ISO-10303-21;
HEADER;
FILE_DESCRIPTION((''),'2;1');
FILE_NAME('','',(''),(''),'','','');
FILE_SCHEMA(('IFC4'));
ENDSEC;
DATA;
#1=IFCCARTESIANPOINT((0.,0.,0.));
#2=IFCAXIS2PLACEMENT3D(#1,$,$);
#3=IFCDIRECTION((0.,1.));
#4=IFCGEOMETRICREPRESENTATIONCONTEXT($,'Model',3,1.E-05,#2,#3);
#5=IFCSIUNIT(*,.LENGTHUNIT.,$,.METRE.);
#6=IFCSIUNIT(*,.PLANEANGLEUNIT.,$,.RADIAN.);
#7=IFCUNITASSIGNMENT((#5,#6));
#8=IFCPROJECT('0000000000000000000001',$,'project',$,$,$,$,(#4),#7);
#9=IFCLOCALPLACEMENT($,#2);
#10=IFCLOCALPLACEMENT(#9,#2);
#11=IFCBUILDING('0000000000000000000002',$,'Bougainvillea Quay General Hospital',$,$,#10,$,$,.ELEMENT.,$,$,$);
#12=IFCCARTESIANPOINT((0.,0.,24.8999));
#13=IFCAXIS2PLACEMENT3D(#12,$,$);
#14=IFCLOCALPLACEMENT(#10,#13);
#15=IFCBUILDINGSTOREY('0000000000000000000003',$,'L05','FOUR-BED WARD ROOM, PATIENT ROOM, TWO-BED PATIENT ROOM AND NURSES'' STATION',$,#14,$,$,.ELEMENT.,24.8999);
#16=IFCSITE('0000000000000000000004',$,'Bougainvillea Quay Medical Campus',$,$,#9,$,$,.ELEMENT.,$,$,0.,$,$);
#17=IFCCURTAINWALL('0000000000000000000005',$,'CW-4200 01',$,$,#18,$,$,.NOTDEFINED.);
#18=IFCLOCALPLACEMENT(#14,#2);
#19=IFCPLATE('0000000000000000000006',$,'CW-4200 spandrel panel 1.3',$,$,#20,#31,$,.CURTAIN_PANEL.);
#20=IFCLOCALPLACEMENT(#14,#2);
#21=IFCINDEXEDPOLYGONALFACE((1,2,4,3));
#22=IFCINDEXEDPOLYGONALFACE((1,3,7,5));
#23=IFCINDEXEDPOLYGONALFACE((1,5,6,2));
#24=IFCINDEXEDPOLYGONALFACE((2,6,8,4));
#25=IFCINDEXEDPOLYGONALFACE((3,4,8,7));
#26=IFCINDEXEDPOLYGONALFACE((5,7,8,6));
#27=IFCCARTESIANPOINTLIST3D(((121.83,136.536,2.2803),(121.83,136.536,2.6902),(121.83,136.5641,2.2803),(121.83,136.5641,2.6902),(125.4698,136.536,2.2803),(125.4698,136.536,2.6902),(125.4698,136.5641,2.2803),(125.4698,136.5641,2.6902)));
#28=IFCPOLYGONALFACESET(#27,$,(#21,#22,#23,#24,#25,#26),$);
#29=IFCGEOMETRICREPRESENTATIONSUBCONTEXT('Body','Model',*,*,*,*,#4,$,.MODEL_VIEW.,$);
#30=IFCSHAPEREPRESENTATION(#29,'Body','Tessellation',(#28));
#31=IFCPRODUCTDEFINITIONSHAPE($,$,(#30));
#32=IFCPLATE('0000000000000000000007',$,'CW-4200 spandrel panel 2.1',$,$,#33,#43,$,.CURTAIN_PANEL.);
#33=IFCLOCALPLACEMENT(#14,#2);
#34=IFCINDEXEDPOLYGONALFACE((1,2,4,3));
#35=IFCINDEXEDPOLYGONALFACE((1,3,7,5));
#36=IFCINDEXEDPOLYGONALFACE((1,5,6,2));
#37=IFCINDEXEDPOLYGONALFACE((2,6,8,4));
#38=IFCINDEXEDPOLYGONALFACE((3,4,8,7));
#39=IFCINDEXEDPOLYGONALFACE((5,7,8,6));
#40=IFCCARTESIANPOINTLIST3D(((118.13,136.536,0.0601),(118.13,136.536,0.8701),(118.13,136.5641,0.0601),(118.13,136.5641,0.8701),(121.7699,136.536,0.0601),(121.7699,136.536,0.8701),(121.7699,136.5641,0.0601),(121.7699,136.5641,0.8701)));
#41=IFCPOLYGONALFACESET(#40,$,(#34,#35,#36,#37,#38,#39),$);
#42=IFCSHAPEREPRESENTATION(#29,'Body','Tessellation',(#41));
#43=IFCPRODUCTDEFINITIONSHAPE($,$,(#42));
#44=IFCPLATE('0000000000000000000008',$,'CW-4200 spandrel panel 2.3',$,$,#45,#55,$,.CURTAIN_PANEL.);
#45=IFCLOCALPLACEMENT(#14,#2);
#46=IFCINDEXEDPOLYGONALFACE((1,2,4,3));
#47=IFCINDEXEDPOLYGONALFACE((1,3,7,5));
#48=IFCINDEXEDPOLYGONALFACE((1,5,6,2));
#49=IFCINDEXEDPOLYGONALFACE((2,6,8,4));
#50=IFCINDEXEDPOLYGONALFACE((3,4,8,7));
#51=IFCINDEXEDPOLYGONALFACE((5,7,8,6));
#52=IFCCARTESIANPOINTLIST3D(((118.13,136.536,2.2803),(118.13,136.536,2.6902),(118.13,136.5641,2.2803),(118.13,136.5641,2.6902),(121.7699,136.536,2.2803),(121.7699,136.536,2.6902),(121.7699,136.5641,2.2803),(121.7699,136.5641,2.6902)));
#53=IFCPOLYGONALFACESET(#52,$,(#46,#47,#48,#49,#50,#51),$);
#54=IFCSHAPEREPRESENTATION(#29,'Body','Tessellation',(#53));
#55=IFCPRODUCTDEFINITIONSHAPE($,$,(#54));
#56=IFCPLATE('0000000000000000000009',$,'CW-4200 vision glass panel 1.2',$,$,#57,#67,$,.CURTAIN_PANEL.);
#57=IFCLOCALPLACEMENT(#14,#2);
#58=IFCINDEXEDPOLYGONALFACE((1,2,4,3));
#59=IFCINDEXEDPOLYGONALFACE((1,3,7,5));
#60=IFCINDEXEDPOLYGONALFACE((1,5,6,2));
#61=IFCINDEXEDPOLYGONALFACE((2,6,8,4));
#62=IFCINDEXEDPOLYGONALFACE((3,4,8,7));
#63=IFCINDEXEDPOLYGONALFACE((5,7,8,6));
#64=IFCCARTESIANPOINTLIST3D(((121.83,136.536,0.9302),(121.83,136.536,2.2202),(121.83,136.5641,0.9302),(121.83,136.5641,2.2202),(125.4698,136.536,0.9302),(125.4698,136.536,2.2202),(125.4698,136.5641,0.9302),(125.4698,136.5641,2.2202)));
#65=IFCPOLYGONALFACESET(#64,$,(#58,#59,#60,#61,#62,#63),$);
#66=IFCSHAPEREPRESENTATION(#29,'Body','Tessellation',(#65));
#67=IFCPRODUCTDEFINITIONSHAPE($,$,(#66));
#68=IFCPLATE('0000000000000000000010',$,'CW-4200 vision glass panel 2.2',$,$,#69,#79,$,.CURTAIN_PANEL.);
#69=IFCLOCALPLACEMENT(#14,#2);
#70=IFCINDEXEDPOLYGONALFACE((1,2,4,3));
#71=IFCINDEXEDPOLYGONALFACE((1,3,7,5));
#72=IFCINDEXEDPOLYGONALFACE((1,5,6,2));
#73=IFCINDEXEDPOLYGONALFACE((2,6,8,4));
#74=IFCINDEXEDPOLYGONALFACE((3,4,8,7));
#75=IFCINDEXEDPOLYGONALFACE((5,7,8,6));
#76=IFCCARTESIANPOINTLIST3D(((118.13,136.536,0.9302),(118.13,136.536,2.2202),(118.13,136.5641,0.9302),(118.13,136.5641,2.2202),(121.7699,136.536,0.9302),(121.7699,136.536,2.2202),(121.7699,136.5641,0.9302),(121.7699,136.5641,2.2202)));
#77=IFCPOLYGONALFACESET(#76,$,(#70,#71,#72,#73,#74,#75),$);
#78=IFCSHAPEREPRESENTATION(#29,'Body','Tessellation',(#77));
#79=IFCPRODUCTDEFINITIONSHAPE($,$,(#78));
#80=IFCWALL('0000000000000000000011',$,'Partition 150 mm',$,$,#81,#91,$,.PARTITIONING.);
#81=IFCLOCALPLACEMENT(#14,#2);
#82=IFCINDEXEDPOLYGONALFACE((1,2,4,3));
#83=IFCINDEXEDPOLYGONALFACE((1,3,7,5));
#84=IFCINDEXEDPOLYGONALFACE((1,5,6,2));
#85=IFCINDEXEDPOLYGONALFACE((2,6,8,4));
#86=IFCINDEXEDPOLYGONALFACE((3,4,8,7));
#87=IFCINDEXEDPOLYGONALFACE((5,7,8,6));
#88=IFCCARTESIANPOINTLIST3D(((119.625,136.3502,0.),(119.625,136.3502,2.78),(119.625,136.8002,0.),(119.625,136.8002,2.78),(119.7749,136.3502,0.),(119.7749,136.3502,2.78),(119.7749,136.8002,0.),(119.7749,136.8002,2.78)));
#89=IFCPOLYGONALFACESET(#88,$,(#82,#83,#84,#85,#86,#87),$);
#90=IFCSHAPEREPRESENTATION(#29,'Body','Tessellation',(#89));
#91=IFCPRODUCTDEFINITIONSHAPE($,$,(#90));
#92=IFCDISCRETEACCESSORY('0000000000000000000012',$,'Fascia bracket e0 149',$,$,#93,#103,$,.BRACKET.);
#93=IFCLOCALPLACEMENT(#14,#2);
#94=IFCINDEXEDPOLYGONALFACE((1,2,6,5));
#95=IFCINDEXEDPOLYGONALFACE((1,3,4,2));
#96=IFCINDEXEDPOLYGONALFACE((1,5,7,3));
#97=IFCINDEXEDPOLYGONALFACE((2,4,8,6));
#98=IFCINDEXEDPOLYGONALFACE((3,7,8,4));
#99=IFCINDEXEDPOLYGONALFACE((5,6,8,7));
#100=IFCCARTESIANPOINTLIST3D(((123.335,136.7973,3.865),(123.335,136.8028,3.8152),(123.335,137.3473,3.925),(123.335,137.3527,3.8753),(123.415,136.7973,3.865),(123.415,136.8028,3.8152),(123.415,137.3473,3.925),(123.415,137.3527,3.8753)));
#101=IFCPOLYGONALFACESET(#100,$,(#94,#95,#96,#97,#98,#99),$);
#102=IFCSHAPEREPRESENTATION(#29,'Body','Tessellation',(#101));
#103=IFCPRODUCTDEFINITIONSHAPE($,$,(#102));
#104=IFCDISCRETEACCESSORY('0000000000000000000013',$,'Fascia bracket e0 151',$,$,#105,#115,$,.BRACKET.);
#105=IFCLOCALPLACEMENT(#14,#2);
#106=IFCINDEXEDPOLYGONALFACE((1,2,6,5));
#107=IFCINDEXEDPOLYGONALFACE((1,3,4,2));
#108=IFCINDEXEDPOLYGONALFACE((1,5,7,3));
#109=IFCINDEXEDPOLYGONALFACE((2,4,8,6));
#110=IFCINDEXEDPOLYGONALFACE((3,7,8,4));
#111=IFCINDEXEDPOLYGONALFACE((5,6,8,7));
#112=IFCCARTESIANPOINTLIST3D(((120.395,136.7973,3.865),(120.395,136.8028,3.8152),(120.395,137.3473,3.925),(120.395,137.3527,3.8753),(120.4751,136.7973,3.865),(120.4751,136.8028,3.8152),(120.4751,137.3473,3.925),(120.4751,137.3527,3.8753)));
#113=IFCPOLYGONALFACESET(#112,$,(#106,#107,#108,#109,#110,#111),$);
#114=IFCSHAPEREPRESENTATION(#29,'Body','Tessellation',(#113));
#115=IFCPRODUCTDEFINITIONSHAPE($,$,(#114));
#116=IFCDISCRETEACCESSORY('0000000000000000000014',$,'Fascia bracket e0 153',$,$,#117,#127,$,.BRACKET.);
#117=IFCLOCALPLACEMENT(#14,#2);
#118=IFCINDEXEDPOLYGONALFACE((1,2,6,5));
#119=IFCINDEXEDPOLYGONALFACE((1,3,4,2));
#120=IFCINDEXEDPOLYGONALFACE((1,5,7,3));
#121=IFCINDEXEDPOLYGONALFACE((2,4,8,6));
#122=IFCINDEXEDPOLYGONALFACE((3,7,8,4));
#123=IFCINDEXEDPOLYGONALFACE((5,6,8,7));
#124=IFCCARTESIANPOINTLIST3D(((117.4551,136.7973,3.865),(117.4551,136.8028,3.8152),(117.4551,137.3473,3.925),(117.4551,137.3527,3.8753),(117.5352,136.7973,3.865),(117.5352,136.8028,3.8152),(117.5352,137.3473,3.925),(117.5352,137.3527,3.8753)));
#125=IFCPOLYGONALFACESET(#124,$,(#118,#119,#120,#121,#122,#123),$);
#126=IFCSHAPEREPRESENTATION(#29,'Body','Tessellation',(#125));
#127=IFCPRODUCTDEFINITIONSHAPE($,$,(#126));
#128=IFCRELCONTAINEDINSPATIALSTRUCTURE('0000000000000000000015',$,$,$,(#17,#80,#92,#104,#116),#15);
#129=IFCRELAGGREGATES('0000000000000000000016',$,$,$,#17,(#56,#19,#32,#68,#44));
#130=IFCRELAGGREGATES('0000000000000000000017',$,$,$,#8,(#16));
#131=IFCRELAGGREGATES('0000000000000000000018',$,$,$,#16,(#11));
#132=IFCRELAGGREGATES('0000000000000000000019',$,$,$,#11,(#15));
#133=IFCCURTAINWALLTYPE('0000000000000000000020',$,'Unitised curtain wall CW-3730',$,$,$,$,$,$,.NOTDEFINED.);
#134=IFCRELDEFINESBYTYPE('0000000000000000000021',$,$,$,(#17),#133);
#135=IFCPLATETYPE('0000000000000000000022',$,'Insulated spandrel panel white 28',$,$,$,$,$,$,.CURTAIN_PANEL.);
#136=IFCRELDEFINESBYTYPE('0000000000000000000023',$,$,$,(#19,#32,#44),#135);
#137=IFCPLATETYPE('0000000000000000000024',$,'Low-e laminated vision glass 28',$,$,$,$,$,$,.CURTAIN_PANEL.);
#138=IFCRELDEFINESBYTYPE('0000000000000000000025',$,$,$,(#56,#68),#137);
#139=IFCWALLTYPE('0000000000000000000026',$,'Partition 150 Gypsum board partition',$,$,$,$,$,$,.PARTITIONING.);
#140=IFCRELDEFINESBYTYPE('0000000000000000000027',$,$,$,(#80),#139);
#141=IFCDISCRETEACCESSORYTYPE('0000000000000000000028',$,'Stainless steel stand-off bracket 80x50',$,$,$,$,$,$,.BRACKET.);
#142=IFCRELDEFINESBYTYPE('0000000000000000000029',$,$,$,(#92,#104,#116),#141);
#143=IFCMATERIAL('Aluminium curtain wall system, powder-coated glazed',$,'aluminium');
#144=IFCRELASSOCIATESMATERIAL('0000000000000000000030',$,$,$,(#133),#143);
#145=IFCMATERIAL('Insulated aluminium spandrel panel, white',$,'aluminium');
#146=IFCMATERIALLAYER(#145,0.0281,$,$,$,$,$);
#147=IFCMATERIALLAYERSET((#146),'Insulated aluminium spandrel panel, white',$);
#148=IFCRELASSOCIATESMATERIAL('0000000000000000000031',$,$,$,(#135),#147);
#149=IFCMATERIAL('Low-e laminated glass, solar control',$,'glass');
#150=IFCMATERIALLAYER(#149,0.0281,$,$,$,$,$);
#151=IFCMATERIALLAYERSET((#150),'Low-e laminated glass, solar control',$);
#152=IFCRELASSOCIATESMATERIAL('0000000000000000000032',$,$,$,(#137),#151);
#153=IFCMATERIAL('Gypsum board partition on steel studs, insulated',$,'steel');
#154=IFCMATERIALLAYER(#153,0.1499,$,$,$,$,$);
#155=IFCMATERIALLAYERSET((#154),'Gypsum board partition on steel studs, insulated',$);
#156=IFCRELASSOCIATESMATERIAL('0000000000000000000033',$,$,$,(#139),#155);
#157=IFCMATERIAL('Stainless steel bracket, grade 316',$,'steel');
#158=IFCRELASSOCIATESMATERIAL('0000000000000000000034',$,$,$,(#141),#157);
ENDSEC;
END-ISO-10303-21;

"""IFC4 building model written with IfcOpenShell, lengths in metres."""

from ifc_helpers import new_model, si_unit, direction, frame, frame_2d, origin, origin_2d, place, context, subcontext, project, spatial, rectangle, extrude, material, layer, layer_set, material_profile, profile_set, type_object, element, aggregate, save


model = new_model("IFC4")

# Units and contexts
model_context = context("Model", 3, precision=1e-05, world=origin(), true_north=direction((0.0, 1.0)))
body_context = subcontext(model_context, "Body", "Model", "MODEL_VIEW")
ifc_project = project(units=[si_unit("LENGTHUNIT", "METRE"), si_unit("PLANEANGLEUNIT", "RADIAN")], contexts=[model_context])

# Site, building, storey
site_placement = place(None, origin())
site = spatial("IfcSite", under=ifc_project, at=site_placement, Name="Bougainvillea Quay Medical Campus", CompositionType="ELEMENT", RefElevation=0.0)
building_placement = place(site_placement, origin())
building = spatial("IfcBuilding", under=site, at=building_placement, Name="Bougainvillea Quay General Hospital", CompositionType="ELEMENT")
storey_placement = place(building_placement, frame((0.0, 0.0, 24.8999)))
storey = spatial("IfcBuildingStorey", under=building, at=storey_placement, Name="L05", Description="FOUR-BED WARD ROOM, PATIENT ROOM, TWO-BED PATIENT ROOM AND NURSES' STATION", CompositionType="ELEMENT", Elevation=24.8999)

# Curtain wall
ifc_material_1 = material(Name="Aluminium curtain wall system, powder-coated glazed", Category="aluminium")
curtain_wall_type = type_object("IfcCurtainWallType", Name="Unitised curtain wall CW-3730", PredefinedType="NOTDEFINED", material=ifc_material_1)
curtain_wall_1_placement = place(storey_placement, origin())
curtain_wall_1 = element("IfcCurtainWall", 1, at=curtain_wall_1_placement, inside=storey, type_object=curtain_wall_type, Name="CW-4200 01", PredefinedType="NOTDEFINED")

# Plates
ifc_material_2 = material(Name="Insulated aluminium spandrel panel, white", Category="aluminium")
ifc_layer_1 = layer(ifc_material_2, 0.0281)
ifc_layer_set_1 = layer_set([ifc_layer_1], Name="Insulated aluminium spandrel panel, white")
plate_type_1 = type_object("IfcPlateType", Name="Insulated spandrel panel white 28", PredefinedType="CURTAIN_PANEL", material=ifc_layer_set_1)
plate_1_placement = place(storey_placement, frame((123.6499, 136.55, 2.2803), z_axis=(0.0, 0.0, 1.0), x_axis=(-1.0, 0.0, 0.0)))
plate_1 = element("IfcPlate", 2, at=plate_1_placement, type_object=plate_type_1, Name="CW-4200 spandrel panel 1.3", PredefinedType="CURTAIN_PANEL", context=body_context, shape_type="SweptSolid", body=[
    extrude(rectangle(XDim=3.6399, YDim=0.0281, at=origin_2d()), origin(), (0.0, 0.0, 1.0), 0.4099),
])
plate_2_placement = place(storey_placement, frame((119.95, 136.55, 0.0601), z_axis=(0.0, 0.0, 1.0), x_axis=(-1.0, 0.0, 0.0)))
plate_2 = element("IfcPlate", 3, at=plate_2_placement, type_object=plate_type_1, Name="CW-4200 spandrel panel 2.1", PredefinedType="CURTAIN_PANEL", context=body_context, shape_type="SweptSolid", body=[
    extrude(rectangle(XDim=3.6399, YDim=0.0281, at=origin_2d()), origin(), (0.0, 0.0, 1.0), 0.8101),
])
plate_3_placement = place(storey_placement, frame((119.95, 136.55, 2.2803), z_axis=(0.0, 0.0, 1.0), x_axis=(-1.0, 0.0, 0.0)))
plate_3 = element("IfcPlate", 4, at=plate_3_placement, type_object=plate_type_1, Name="CW-4200 spandrel panel 2.3", PredefinedType="CURTAIN_PANEL", context=body_context, shape_type="SweptSolid", body=[
    extrude(rectangle(XDim=3.6399, YDim=0.0281, at=origin_2d()), origin(), (0.0, 0.0, 1.0), 0.4099),
])
ifc_material_3 = material(Name="Low-e laminated glass, solar control", Category="glass")
ifc_layer_2 = layer(ifc_material_3, 0.0281)
ifc_layer_set_2 = layer_set([ifc_layer_2], Name="Low-e laminated glass, solar control")
plate_type_2 = type_object("IfcPlateType", Name="Low-e laminated vision glass 28", PredefinedType="CURTAIN_PANEL", material=ifc_layer_set_2)
plate_4_placement = place(storey_placement, frame((123.6499, 136.55, 0.9302), z_axis=(0.0, 0.0, 1.0), x_axis=(-1.0, 0.0, 0.0)))
plate_4 = element("IfcPlate", 5, at=plate_4_placement, type_object=plate_type_2, Name="CW-4200 vision glass panel 1.2", PredefinedType="CURTAIN_PANEL", context=body_context, shape_type="SweptSolid", body=[
    extrude(rectangle(XDim=3.6399, YDim=0.0281, at=origin_2d()), origin(), (0.0, 0.0, 1.0), 1.29),
])
plate_5_placement = place(storey_placement, frame((119.95, 136.55, 0.9302), z_axis=(0.0, 0.0, 1.0), x_axis=(-1.0, 0.0, 0.0)))
plate_5 = element("IfcPlate", 6, at=plate_5_placement, type_object=plate_type_2, Name="CW-4200 vision glass panel 2.2", PredefinedType="CURTAIN_PANEL", context=body_context, shape_type="SweptSolid", body=[
    extrude(rectangle(XDim=3.6399, YDim=0.0281, at=origin_2d()), origin(), (0.0, 0.0, 1.0), 1.29),
])
aggregate(curtain_wall_1, [plate_4, plate_1, plate_2, plate_5, plate_3])

# Wall
ifc_material_4 = material(Name="Gypsum board partition on steel studs, insulated", Category="steel")
ifc_layer_3 = layer(ifc_material_4, 0.1499)
ifc_layer_set_3 = layer_set([ifc_layer_3], Name="Gypsum board partition on steel studs, insulated")
wall_type = type_object("IfcWallType", Name="Partition 150 Gypsum board partition", PredefinedType="PARTITIONING", material=ifc_layer_set_3)
wall_placement = place(storey_placement, frame((119.7, 136.3501, 0.0), z_axis=(0.0, 0.0, 1.0), x_axis=(0.0, 1.0, 0.0)))
element("IfcWall", 7, at=wall_placement, inside=storey, type_object=wall_type, Name="Partition 150 mm", PredefinedType="PARTITIONING", context=body_context, shape_type="SweptSolid", body=[
    extrude(rectangle(XDim=0.45, YDim=0.1499, at=frame_2d((0.2251, 0.0))), origin(), (0.0, 0.0, 1.0), 2.78),
])

# Discrete accessories
ifc_material_5 = material(Name="Stainless steel bracket, grade 316", Category="steel")
ifc_material_profile_1 = material_profile(ifc_material_5, rectangle(XDim=0.0801, YDim=0.05, at=origin_2d()))
ifc_profile_set_1 = profile_set([ifc_material_profile_1], Name="Stainless steel bracket, grade 316")
discrete_accessory_type = type_object("IfcDiscreteAccessoryType", Name="Stainless steel stand-off bracket 80x50", PredefinedType="BRACKET", material=ifc_profile_set_1)
for number, where, z_axis, x_axis, name in (
    (8, (123.375, 136.8, 3.8401), (0.0, 0.994092, 0.108543), (-1.0, 0.0, 0.0), "Fascia bracket e0 149"),
    (9, (120.4351, 136.8, 3.8401), (0.0, 0.994092, 0.108543), (-1.0, 0.0, 0.0), "Fascia bracket e0 151"),
    (10, (117.4951, 136.8, 3.8401), (0.0, 0.994092, 0.108543), (-1.0, 0.0, 0.0), "Fascia bracket e0 153"),
):
    element("IfcDiscreteAccessory", number, at=place(storey_placement, frame(where, z_axis=z_axis, x_axis=x_axis)), inside=storey, type_object=discrete_accessory_type, Name=name, PredefinedType="BRACKET", context=body_context, shape_type="SweptSolid", body=[
        extrude(rectangle(XDim=0.0801, YDim=0.05, at=origin_2d()), origin(), (0.0, 0.0, 1.0), 0.5532),
    ])

save(model, "model.ifc")
